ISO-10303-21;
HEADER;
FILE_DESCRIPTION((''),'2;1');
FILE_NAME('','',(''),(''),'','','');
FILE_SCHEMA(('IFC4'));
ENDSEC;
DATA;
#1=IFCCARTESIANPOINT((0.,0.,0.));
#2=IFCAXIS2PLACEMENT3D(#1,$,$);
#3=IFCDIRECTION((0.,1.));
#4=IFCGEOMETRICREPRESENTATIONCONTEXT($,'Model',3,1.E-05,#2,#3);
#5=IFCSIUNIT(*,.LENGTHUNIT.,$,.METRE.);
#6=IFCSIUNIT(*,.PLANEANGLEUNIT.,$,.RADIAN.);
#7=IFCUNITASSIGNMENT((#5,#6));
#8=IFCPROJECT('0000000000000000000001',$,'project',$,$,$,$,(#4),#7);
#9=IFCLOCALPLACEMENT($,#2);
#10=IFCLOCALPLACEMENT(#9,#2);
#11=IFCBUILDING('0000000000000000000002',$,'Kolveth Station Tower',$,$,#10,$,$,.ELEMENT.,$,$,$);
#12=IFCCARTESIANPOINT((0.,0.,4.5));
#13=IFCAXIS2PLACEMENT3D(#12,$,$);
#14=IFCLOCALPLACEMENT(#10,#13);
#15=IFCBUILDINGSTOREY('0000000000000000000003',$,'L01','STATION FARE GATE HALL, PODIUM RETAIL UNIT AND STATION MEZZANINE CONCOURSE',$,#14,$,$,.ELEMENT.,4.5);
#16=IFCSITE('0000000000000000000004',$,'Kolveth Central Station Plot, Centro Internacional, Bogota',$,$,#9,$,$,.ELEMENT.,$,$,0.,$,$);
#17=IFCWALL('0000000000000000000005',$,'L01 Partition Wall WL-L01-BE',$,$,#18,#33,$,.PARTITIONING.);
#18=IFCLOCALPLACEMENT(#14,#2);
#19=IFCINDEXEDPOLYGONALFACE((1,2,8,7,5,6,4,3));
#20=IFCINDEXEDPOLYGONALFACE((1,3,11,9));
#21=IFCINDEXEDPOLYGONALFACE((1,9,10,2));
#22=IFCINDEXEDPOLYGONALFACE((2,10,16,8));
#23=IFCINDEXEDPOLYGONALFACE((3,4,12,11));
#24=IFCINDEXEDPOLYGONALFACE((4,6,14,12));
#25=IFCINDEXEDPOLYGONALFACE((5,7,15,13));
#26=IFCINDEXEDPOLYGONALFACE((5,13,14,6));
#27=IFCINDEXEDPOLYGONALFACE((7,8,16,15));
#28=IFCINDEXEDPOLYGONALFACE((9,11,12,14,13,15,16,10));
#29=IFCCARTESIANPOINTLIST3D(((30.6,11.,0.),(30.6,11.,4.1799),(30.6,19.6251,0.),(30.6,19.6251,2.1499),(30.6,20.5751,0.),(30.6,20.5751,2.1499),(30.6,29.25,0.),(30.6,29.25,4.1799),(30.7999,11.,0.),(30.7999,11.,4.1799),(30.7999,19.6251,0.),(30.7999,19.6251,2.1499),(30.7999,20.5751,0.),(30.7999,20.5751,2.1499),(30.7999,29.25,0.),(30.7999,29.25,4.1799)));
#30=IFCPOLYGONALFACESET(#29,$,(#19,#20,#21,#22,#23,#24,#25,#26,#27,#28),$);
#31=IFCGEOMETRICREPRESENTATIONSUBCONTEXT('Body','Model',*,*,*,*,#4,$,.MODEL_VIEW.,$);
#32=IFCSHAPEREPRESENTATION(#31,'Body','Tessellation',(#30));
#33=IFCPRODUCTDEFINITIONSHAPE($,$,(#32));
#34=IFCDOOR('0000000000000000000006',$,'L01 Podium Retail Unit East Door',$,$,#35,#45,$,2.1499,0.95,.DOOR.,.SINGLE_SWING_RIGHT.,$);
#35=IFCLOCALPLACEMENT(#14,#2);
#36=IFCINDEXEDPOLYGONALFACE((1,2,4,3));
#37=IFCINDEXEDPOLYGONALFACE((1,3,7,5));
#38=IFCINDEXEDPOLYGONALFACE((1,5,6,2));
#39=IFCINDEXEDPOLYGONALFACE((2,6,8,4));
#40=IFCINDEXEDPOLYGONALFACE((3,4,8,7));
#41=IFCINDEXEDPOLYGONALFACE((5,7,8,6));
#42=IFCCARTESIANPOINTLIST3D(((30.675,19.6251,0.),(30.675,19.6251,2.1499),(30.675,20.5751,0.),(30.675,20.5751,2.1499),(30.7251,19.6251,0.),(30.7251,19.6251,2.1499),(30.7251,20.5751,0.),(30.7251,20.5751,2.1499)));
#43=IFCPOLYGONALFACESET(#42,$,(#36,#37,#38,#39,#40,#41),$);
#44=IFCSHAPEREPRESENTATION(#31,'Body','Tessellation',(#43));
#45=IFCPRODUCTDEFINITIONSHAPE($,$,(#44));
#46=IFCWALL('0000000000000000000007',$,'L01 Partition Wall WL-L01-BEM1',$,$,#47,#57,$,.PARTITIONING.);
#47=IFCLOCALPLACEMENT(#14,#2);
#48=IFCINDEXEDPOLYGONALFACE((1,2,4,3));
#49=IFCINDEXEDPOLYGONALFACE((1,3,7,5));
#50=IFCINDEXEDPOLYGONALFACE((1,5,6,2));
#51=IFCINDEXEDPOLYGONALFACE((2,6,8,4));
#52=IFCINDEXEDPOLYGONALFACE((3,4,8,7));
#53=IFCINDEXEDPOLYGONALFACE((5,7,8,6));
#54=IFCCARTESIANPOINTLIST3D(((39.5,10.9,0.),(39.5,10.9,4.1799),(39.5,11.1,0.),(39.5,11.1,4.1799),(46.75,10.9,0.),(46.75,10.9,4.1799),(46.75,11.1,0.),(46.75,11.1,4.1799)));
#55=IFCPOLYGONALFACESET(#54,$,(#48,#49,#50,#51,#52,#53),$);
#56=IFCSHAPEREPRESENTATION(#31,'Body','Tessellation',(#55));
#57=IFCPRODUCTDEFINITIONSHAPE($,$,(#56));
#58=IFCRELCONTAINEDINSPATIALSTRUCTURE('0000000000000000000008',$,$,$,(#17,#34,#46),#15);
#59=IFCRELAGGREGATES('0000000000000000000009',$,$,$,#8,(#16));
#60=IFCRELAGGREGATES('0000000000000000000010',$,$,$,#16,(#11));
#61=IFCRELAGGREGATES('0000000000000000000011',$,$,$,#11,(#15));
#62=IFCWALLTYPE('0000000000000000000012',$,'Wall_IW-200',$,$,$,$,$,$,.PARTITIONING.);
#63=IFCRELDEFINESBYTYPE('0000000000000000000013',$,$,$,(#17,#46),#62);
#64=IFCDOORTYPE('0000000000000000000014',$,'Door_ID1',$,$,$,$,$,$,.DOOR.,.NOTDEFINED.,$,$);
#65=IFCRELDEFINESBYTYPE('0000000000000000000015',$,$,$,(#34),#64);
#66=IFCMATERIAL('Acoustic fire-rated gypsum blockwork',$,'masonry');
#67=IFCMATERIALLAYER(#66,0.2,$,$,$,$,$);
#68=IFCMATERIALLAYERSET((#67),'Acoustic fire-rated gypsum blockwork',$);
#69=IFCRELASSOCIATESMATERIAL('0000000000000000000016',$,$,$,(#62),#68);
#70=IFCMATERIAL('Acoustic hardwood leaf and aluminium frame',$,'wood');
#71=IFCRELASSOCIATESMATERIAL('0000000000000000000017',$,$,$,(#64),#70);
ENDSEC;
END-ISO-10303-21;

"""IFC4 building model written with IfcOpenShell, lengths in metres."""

from ifc_helpers import new_model, si_unit, direction, frame, frame_2d, origin, place, context, subcontext, project, spatial, rectangle, extrude, material, layer, layer_set, type_object, element, fill, save


model = new_model("IFC4")

# Units and contexts
model_context = context("Model", 3, precision=1e-05, world=origin(), true_north=direction((0.0, 1.0)))
body_context = subcontext(model_context, "Body", "Model", "MODEL_VIEW")
ifc_project = project(units=[si_unit("LENGTHUNIT", "METRE"), si_unit("PLANEANGLEUNIT", "RADIAN")], contexts=[model_context])

# Site, building, storey
site_placement = place(None, origin())
site = spatial("IfcSite", under=ifc_project, at=site_placement, Name="Kolveth Central Station Plot, Centro Internacional, Bogota", CompositionType="ELEMENT", RefElevation=0.0)
building_placement = place(site_placement, origin())
building = spatial("IfcBuilding", under=site, at=building_placement, Name="Kolveth Station Tower", CompositionType="ELEMENT")
storey_placement = place(building_placement, frame((0.0, 0.0, 4.5)))
storey = spatial("IfcBuildingStorey", under=building, at=storey_placement, Name="L01", Description="STATION FARE GATE HALL, PODIUM RETAIL UNIT AND STATION MEZZANINE CONCOURSE", CompositionType="ELEMENT", Elevation=4.5)

# Shared definitions
ifc_material_1 = material(Name="Acoustic fire-rated gypsum blockwork", Category="masonry")
ifc_layer_1 = layer(ifc_material_1, 0.2)
ifc_layer_set_1 = layer_set([ifc_layer_1], Name="Acoustic fire-rated gypsum blockwork")
wall_type_1 = type_object("IfcWallType", Name="Wall_IW-200", PredefinedType="PARTITIONING", material=ifc_layer_set_1)

# Wall, opening, door
wall_1_placement = place(storey_placement, frame((30.7, 11.0, 0.0), z_axis=(0.0, 0.0, 1.0), x_axis=(0.0, 1.0, 0.0)))
wall_1 = element("IfcWall", 1, at=wall_1_placement, inside=storey, type_object=wall_type_1, Name="L01 Partition Wall WL-L01-BE", PredefinedType="PARTITIONING", context=body_context, shape_type="SweptSolid", body=[
    extrude(rectangle(XDim=18.25, YDim=0.2, at=frame_2d((9.125, 0.0))), origin(), (0.0, 0.0, 1.0), 4.1799),
])
opening_placement = place(wall_1_placement, frame((8.625, 0.0, 0.0)))
opening = element("IfcOpeningElement", 2, at=opening_placement, cuts=wall_1, PredefinedType="OPENING", context=body_context, shape_type="SweptSolid", body=[
    extrude(rectangle(XDim=0.95, YDim=2.1499, at=frame_2d((0.4751, 1.075))), frame((0.0, 0.1099, 0.0), z_axis=(0.0, -1.0, 0.0), x_axis=(1.0, 0.0, 0.0)), (0.0, 0.0, 1.0), 0.22),
])
ifc_material_2 = material(Name="Acoustic hardwood leaf and aluminium frame", Category="wood")
door_type = type_object("IfcDoorType", Name="Door_ID1", OperationType="NOTDEFINED", PredefinedType="DOOR", material=ifc_material_2)
door_placement = place(opening_placement, origin())
door = element("IfcDoor", 3, at=door_placement, inside=storey, type_object=door_type, Name="L01 Podium Retail Unit East Door", OperationType="SINGLE_SWING_RIGHT", OverallHeight=2.1499, OverallWidth=0.95, PredefinedType="DOOR", context=body_context, shape_type="SweptSolid", body=[
    extrude(rectangle(XDim=0.95, YDim=2.1499, at=frame_2d((0.4751, 1.075))), frame((0.0, 0.0249, 0.0), z_axis=(0.0, -1.0, 0.0), x_axis=(1.0, 0.0, 0.0)), (0.0, 0.0, 1.0), 0.05),
])
fill(opening, door)

# Wall
wall_2_placement = place(storey_placement, frame((39.5, 11.0, 0.0), z_axis=(0.0, 0.0, 1.0), x_axis=(1.0, 0.0, 0.0)))
element("IfcWall", 4, at=wall_2_placement, inside=storey, type_object=wall_type_1, Name="L01 Partition Wall WL-L01-BEM1", PredefinedType="PARTITIONING", context=body_context, shape_type="SweptSolid", body=[
    extrude(rectangle(XDim=7.25, YDim=0.2, at=frame_2d((3.625, 0.0))), origin(), (0.0, 0.0, 1.0), 4.1799),
])

save(model, "model.ifc")
